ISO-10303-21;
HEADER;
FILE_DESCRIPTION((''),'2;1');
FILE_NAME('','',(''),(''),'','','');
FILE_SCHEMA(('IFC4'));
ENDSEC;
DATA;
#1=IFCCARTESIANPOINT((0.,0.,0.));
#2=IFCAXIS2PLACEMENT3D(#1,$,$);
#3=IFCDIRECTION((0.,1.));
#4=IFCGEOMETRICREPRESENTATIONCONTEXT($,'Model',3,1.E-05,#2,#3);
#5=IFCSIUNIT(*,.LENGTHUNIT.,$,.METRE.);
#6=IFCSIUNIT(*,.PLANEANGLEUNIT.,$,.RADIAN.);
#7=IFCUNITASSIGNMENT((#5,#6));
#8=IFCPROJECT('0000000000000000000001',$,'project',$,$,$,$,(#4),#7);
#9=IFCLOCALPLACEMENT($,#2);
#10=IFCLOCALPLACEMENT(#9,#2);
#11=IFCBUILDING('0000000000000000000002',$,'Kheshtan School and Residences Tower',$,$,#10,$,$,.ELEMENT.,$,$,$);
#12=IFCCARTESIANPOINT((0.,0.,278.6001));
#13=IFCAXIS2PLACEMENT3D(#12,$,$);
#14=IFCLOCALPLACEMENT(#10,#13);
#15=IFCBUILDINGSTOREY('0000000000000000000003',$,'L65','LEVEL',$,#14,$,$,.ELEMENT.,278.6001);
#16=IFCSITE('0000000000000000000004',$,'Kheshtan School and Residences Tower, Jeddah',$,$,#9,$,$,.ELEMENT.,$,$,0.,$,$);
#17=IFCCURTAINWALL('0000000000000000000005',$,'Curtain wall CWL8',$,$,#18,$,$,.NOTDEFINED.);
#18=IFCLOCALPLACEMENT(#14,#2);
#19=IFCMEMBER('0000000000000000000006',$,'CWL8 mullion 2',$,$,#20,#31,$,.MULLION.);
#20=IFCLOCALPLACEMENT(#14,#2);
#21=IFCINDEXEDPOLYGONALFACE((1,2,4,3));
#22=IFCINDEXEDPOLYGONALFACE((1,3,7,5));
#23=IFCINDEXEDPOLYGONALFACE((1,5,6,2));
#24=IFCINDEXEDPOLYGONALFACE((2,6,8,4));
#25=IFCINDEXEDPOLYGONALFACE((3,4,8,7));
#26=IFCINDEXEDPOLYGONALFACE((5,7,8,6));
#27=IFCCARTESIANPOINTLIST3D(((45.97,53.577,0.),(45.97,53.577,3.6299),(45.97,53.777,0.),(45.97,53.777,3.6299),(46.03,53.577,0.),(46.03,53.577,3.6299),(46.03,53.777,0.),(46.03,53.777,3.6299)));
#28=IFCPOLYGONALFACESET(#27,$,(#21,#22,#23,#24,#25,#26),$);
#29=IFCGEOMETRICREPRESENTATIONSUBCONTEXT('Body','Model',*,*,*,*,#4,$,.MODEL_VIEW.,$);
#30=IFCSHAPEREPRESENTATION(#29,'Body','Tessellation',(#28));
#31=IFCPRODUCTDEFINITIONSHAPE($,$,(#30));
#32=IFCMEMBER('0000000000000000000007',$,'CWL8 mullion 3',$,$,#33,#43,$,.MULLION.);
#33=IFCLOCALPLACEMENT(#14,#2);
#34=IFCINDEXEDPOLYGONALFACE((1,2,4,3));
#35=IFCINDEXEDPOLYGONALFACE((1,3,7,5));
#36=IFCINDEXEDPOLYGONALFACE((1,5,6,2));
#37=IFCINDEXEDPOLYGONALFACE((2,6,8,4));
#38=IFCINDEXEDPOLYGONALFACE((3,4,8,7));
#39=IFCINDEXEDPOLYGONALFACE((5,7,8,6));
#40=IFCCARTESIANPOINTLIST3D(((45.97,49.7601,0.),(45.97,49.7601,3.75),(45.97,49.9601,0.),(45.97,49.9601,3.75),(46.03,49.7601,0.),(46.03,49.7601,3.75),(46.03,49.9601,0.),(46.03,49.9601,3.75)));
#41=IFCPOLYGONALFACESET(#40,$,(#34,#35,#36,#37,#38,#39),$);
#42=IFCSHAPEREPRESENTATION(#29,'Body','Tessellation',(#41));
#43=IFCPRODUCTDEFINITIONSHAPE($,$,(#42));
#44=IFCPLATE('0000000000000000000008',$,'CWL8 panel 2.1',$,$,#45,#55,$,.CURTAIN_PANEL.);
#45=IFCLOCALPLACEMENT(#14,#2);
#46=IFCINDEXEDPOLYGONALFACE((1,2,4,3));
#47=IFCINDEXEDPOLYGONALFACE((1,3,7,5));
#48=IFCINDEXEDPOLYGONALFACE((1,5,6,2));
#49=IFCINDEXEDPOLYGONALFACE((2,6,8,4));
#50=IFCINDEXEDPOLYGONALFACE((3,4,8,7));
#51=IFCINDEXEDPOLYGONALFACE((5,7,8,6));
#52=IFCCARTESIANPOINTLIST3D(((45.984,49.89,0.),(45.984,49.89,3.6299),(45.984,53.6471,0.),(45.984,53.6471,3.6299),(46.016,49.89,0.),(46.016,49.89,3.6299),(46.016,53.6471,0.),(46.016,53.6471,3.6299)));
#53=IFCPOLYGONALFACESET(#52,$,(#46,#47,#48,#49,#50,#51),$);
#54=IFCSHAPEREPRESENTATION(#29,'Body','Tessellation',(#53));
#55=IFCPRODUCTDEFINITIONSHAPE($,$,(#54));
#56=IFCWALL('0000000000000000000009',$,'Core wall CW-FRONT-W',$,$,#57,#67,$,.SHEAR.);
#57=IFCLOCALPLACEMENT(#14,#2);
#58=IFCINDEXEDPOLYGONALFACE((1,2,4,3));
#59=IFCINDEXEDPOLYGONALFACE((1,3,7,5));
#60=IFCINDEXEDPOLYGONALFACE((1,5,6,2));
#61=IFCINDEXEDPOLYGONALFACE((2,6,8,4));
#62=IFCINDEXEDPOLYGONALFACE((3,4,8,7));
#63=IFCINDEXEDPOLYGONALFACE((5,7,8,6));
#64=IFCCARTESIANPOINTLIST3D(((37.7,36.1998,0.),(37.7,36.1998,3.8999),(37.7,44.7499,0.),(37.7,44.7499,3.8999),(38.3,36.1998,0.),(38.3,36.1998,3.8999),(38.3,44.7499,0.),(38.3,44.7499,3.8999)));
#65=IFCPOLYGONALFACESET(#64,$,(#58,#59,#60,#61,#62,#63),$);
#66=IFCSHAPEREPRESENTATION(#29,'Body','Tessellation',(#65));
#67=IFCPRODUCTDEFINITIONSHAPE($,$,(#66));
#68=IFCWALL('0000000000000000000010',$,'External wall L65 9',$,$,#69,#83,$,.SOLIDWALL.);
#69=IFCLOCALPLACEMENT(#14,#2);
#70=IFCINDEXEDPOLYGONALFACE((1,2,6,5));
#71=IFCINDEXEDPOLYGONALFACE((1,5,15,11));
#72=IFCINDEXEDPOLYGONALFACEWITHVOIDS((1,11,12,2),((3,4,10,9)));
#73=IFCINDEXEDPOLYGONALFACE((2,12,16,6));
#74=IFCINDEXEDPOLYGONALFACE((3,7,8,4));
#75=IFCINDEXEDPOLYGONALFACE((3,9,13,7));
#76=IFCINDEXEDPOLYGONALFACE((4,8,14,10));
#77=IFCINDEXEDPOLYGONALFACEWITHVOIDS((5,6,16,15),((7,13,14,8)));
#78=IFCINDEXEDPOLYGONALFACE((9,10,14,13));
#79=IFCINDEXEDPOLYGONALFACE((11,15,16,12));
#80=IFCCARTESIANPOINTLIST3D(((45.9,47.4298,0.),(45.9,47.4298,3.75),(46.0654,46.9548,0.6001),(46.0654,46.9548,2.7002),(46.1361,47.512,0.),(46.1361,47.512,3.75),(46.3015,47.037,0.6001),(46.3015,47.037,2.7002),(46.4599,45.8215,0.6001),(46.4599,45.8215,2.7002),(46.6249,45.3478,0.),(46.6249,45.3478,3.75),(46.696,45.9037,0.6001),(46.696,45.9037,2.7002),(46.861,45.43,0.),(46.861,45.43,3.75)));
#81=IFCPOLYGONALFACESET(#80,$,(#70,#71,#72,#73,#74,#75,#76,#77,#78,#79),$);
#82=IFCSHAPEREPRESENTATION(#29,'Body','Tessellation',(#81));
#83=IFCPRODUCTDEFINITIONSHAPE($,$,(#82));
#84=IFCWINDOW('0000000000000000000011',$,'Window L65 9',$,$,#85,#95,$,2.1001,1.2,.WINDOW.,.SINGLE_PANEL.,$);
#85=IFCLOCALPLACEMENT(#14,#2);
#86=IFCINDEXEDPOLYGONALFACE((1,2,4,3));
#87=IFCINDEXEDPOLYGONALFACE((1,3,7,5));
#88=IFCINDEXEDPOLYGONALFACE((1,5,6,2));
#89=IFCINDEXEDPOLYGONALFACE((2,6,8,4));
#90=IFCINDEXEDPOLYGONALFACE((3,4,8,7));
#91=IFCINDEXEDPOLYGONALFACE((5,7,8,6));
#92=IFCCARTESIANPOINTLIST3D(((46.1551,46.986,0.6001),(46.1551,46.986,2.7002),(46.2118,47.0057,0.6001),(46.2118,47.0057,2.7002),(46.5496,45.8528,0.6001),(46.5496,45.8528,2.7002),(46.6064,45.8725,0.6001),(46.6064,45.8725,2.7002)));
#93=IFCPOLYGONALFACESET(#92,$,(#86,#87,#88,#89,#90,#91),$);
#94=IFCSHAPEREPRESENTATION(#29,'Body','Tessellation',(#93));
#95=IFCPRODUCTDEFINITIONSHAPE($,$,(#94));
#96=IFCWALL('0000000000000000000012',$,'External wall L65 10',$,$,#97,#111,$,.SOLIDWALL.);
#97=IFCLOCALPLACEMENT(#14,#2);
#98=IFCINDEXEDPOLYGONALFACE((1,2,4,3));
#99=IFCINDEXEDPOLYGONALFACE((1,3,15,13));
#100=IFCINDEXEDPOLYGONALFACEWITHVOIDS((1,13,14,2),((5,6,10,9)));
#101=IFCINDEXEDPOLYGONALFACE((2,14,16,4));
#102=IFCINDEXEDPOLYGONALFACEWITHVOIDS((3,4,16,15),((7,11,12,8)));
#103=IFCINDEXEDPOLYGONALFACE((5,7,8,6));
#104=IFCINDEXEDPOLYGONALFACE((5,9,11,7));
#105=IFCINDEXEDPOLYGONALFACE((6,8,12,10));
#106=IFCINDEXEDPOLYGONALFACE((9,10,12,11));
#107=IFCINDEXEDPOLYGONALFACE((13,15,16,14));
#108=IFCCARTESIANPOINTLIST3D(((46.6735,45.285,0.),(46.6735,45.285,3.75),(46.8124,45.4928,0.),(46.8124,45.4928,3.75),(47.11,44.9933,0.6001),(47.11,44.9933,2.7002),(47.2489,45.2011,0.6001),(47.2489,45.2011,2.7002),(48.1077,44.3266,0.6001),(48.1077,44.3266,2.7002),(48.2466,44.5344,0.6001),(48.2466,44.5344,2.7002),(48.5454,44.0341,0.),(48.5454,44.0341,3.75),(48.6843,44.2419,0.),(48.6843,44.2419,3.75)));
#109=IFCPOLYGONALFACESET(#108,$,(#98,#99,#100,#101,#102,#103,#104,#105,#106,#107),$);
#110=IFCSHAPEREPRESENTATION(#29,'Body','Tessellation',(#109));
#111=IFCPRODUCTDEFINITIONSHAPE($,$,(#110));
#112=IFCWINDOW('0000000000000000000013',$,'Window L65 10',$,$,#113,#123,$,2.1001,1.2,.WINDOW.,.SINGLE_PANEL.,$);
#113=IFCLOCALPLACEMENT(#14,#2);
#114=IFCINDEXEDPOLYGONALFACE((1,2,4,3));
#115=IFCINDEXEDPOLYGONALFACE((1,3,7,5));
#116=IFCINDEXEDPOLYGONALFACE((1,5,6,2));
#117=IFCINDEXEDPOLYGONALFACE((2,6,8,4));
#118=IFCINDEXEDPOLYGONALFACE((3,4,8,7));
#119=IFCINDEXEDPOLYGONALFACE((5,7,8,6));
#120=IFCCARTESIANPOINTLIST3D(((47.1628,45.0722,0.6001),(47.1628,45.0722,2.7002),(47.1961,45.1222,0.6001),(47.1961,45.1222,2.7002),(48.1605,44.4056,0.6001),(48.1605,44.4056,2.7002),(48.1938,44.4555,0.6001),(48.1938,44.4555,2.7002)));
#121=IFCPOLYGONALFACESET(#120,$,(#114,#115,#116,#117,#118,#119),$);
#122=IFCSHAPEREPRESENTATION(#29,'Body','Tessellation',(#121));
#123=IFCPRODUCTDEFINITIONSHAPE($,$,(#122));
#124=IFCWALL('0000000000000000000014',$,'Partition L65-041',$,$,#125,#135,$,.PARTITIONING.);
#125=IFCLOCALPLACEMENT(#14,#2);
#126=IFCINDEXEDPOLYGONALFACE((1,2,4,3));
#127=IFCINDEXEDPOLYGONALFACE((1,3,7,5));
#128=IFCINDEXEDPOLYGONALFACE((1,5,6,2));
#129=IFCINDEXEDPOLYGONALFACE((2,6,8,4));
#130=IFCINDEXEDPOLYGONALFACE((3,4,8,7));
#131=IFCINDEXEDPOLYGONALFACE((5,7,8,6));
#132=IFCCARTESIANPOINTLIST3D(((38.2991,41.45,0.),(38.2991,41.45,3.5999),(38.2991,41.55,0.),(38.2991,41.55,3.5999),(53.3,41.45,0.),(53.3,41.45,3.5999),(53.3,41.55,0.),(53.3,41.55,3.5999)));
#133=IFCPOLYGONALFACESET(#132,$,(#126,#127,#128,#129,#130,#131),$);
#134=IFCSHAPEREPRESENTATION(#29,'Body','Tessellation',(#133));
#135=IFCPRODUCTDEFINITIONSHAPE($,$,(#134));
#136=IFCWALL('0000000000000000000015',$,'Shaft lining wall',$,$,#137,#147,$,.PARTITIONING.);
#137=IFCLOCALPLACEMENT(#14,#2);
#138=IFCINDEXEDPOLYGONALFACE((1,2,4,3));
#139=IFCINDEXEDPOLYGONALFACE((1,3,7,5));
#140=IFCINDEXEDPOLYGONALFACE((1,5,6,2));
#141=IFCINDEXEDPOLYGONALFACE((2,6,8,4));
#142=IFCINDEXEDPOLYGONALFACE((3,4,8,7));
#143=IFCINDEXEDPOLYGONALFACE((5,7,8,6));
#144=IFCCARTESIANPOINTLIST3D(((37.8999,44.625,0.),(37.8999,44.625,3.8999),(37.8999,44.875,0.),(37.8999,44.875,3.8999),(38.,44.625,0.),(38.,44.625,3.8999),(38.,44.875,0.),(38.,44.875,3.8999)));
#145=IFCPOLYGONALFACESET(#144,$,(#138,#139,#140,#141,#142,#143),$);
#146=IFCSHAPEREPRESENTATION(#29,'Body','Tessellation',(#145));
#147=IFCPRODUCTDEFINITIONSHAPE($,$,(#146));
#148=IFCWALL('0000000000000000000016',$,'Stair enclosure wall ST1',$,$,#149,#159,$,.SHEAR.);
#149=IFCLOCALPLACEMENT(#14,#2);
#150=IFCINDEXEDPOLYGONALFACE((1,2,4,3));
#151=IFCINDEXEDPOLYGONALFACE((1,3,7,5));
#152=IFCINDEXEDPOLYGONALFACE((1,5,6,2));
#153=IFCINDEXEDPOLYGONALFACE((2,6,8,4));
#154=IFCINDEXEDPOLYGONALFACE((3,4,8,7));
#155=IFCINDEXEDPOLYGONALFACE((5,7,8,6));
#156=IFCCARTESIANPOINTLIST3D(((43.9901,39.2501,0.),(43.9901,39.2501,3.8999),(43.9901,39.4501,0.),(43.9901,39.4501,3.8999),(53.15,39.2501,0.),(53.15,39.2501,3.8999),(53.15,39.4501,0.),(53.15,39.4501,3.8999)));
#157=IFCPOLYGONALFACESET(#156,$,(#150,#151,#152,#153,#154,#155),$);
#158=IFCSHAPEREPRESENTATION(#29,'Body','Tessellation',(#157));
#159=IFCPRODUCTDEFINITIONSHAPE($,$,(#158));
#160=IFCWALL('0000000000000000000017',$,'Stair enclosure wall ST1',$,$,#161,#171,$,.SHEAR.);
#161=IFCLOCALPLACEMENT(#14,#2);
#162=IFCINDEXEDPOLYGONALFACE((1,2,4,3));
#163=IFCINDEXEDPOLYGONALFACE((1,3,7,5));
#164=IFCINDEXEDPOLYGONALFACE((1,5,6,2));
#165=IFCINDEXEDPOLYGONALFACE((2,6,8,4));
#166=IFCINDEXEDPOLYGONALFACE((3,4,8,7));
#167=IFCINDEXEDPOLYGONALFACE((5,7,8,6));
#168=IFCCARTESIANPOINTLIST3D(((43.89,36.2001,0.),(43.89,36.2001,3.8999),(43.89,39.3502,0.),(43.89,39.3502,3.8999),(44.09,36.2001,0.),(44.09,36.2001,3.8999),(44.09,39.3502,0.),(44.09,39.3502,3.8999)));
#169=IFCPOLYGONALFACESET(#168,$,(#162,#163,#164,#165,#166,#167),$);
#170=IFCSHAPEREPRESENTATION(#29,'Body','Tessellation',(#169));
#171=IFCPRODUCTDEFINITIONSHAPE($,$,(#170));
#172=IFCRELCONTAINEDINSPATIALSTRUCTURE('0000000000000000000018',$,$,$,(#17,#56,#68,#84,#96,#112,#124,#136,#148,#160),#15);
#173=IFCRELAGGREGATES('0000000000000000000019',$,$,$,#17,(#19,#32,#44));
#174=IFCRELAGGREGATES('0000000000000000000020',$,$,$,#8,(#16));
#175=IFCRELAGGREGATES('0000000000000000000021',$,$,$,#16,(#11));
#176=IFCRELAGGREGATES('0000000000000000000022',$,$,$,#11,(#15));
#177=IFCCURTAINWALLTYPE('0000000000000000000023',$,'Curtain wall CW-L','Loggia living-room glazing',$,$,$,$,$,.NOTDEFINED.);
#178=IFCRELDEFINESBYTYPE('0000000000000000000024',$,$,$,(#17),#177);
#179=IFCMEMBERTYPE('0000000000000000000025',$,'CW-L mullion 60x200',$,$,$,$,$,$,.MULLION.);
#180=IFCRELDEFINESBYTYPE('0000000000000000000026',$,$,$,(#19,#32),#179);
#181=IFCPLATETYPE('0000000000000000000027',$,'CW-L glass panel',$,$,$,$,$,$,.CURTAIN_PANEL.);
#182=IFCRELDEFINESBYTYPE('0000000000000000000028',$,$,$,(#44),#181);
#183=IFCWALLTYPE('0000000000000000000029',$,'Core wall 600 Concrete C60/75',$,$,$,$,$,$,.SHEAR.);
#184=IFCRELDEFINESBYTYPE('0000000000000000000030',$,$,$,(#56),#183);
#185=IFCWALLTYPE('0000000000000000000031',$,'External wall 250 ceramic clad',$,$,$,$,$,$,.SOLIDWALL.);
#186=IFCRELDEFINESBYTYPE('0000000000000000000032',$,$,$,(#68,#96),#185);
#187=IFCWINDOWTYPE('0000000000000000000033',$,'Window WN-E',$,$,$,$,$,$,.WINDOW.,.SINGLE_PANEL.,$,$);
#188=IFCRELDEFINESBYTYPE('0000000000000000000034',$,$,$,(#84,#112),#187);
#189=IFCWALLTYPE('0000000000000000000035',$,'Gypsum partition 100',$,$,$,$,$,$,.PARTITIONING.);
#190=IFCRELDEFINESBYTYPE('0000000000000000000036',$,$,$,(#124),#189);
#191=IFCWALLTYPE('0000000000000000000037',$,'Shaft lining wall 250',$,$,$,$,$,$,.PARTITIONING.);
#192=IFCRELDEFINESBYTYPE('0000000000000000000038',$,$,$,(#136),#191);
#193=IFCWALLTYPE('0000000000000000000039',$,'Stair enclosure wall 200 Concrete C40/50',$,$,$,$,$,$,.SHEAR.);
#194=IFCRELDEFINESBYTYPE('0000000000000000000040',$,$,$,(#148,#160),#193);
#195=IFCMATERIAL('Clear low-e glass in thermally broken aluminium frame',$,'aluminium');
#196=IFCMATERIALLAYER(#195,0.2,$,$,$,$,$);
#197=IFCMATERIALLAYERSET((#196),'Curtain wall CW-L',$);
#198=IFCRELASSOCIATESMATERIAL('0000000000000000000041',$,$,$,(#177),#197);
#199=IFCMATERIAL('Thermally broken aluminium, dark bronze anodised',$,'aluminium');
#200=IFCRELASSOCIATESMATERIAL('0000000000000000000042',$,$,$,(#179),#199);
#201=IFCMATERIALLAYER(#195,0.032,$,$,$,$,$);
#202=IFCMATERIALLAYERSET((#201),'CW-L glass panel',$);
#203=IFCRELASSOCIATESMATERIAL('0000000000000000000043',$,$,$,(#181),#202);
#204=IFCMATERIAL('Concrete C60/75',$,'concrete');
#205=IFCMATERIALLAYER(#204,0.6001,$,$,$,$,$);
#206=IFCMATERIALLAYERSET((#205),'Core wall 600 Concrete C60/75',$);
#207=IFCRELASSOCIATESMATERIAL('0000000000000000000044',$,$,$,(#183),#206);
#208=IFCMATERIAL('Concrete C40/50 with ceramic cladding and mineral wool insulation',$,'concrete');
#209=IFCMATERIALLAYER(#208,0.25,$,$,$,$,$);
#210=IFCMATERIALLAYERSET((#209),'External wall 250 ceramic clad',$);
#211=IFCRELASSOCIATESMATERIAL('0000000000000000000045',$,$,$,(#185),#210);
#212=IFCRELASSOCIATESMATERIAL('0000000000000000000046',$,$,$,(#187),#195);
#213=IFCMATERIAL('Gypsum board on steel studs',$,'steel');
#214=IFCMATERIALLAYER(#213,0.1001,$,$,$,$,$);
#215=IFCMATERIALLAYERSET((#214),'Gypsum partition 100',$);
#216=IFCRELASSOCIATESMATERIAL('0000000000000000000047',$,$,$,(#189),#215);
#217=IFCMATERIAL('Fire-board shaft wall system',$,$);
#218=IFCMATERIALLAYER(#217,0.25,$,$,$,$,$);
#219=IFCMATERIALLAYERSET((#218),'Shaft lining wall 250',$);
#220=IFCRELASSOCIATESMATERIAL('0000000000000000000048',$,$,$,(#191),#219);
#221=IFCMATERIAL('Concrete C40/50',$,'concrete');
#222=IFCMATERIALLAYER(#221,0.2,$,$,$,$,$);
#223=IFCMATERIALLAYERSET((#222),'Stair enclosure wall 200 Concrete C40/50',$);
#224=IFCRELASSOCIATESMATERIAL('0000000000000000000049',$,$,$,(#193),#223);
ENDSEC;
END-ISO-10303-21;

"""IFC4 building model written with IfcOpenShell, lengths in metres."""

from ifc_helpers import new_model, si_unit, direction, frame, frame_2d, origin, origin_2d, place, context, subcontext, project, spatial, rectangle, extrude, source, transform, mapped, material, layer, layer_set, material_profile, profile_set, type_object, element, fill, aggregate, save


model = new_model("IFC4")

# Units and contexts
model_context = context("Model", 3, precision=1e-05, world=origin(), true_north=direction((0.0, 1.0)))
body_context = subcontext(model_context, "Body", "Model", "MODEL_VIEW")
ifc_project = project(units=[si_unit("LENGTHUNIT", "METRE"), si_unit("PLANEANGLEUNIT", "RADIAN")], contexts=[model_context])

# Site, building, storey
site_placement = place(None, origin())
site = spatial("IfcSite", under=ifc_project, at=site_placement, Name="Kheshtan School and Residences Tower, Jeddah", CompositionType="ELEMENT", RefElevation=0.0)
building_placement = place(site_placement, origin())
building = spatial("IfcBuilding", under=site, at=building_placement, Name="Kheshtan School and Residences Tower", CompositionType="ELEMENT")
storey_placement = place(building_placement, frame((0.0, 0.0, 278.6001)))
storey = spatial("IfcBuildingStorey", under=building, at=storey_placement, Name="L65", Description="LEVEL", CompositionType="ELEMENT", Elevation=278.6001)

# Curtain wall, members, plate
ifc_material_1 = material(Name="Clear low-e glass in thermally broken aluminium frame", Category="aluminium")
ifc_layer_1 = layer(ifc_material_1, 0.2)
ifc_layer_set_1 = layer_set([ifc_layer_1], Name="Curtain wall CW-L")
curtain_wall_type = type_object("IfcCurtainWallType", Name="Curtain wall CW-L", Description="Loggia living-room glazing", PredefinedType="NOTDEFINED", material=ifc_layer_set_1)
curtain_wall_placement = place(storey_placement, origin())
curtain_wall = element("IfcCurtainWall", 1, at=curtain_wall_placement, inside=storey, type_object=curtain_wall_type, Name="Curtain wall CWL8", PredefinedType="NOTDEFINED")
ifc_material_2 = material(Name="Thermally broken aluminium, dark bronze anodised", Category="aluminium")
ifc_material_profile = material_profile(ifc_material_2, rectangle(XDim=0.0601, YDim=0.2, at=origin_2d()), Name="CW-L mullion 60x200")
ifc_profile_set = profile_set([ifc_material_profile], Name="Thermally broken aluminium, dark bronze anodised")
member_type = type_object("IfcMemberType", Name="CW-L mullion 60x200", PredefinedType="MULLION", material=ifc_profile_set)
member_1_placement = place(storey_placement, frame((46.0, 53.677, 0.0), z_axis=(0.0, 0.0, 1.0), x_axis=(1.0, 0.0, 0.0)))
member_1 = element("IfcMember", 2, at=member_1_placement, type_object=member_type, Name="CWL8 mullion 2", PredefinedType="MULLION", context=body_context, shape_type="SweptSolid", body=[
    extrude(rectangle(XDim=0.0601, YDim=0.2, at=origin_2d()), origin(), (0.0, 0.0, 1.0), 3.6299),
])
member_2_placement = place(storey_placement, frame((46.0, 49.8601, 0.0), z_axis=(0.0, 0.0, 1.0), x_axis=(1.0, 0.0, 0.0)))
member_2 = element("IfcMember", 3, at=member_2_placement, type_object=member_type, Name="CWL8 mullion 3", PredefinedType="MULLION", context=body_context, shape_type="SweptSolid", body=[
    extrude(rectangle(XDim=0.0601, YDim=0.2, at=origin_2d()), origin(), (0.0, 0.0, 1.0), 3.75),
])
ifc_layer_2 = layer(ifc_material_1, 0.032)
ifc_layer_set_2 = layer_set([ifc_layer_2], Name="CW-L glass panel")
plate_type = type_object("IfcPlateType", Name="CW-L glass panel", PredefinedType="CURTAIN_PANEL", material=ifc_layer_set_2)
plate_placement = place(storey_placement, frame((46.0, 51.7686, 0.0), z_axis=(0.0, 0.0, 1.0), x_axis=(0.0, -1.0, 0.0)))
plate = element("IfcPlate", 4, at=plate_placement, type_object=plate_type, Name="CWL8 panel 2.1", PredefinedType="CURTAIN_PANEL", context=body_context, shape_type="SweptSolid", body=[
    extrude(rectangle(XDim=3.7571, YDim=0.032, at=origin_2d()), origin(), (0.0, 0.0, 1.0), 3.6299),
])
aggregate(curtain_wall, [member_1, member_2, plate])

# Wall
ifc_material_3 = material(Name="Concrete C60/75", Category="concrete")
ifc_layer_3 = layer(ifc_material_3, 0.6001)
ifc_layer_set_3 = layer_set([ifc_layer_3], Name="Core wall 600 Concrete C60/75")
wall_type_1 = type_object("IfcWallType", Name="Core wall 600 Concrete C60/75", PredefinedType="SHEAR", material=ifc_layer_set_3)
wall_1_placement = place(storey_placement, frame((38.0, 36.2, 0.0), z_axis=(0.0, 0.0, 1.0), x_axis=(0.0, 1.0, 0.0)))
element("IfcWall", 5, at=wall_1_placement, inside=storey, type_object=wall_type_1, Name="Core wall CW-FRONT-W", PredefinedType="SHEAR", context=body_context, shape_type="SweptSolid", body=[
    extrude(rectangle(XDim=8.55, YDim=0.6001, at=frame_2d((4.2749, 0.0))), origin(), (0.0, 0.0, 1.0), 3.8999),
])

# Walls, openings, windows
ifc_material_4 = material(Name="Concrete C40/50 with ceramic cladding and mineral wool insulation", Category="concrete")
ifc_layer_4 = layer(ifc_material_4, 0.25)
ifc_layer_set_4 = layer_set([ifc_layer_4], Name="External wall 250 ceramic clad")
wall_type_2 = type_object("IfcWallType", Name="External wall 250 ceramic clad", PredefinedType="SOLIDWALL", material=ifc_layer_set_4)
wall_2_placement = place(storey_placement, frame((46.0181, 47.4709, 0.0), z_axis=(0.0, 0.0, 1.0), x_axis=(0.328791, -0.944403, 0.0)))
wall_2 = element("IfcWall", 6, at=wall_2_placement, inside=storey, type_object=wall_type_2, Name="External wall L65 9", PredefinedType="SOLIDWALL", context=body_context, shape_type="SweptSolid", body=[
    extrude(rectangle(XDim=2.2046, YDim=0.25, at=frame_2d((1.1023, 0.0))), origin(), (0.0, 0.0, 1.0), 3.75),
])
opening_1_placement = place(wall_2_placement, frame((0.5029, 0.0, 0.6001)))
opening_1 = element("IfcOpeningElement", 7, at=opening_1_placement, cuts=wall_2, PredefinedType="OPENING", context=body_context, shape_type="SweptSolid", body=[
    extrude(rectangle(XDim=1.2, YDim=2.1001, at=frame_2d((0.6001, 1.05))), frame((0.0, 0.135, 0.0), z_axis=(0.0, -1.0, 0.0), x_axis=(1.0, 0.0, 0.0)), (0.0, 0.0, 1.0), 0.27),
])
window_type = type_object("IfcWindowType", Name="Window WN-E", PartitioningType="SINGLE_PANEL", PredefinedType="WINDOW", material=ifc_material_1)
shared_shape_1 = source(origin(), body_context, "Body", "SweptSolid", [
    extrude(rectangle(XDim=1.2, YDim=2.1001, at=frame_2d((0.6001, 1.05))), frame((0.0, 0.03, 0.0), z_axis=(0.0, -1.0, 0.0), x_axis=(1.0, 0.0, 0.0)), (0.0, 0.0, 1.0), 0.0601),
])
window_1_placement = place(opening_1_placement, origin())
window_1 = element("IfcWindow", 8, at=window_1_placement, inside=storey, type_object=window_type, Name="Window L65 9", OverallHeight=2.1001, OverallWidth=1.2, PartitioningType="SINGLE_PANEL", PredefinedType="WINDOW", context=body_context, shape_type="MappedRepresentation", body=[
    mapped(shared_shape_1, transform((0.0, 0.0, 0.0), x_axis=(1.0, 0.0, 0.0), y_axis=(0.0, 1.0, 0.0), z_axis=(0.0, 0.0, 1.0), scale=1.0)),
])
fill(opening_1, window_1)
wall_3_placement = place(storey_placement, frame((46.7429, 45.3889, 0.0), z_axis=(0.0, 0.0, 1.0), x_axis=(0.831449, -0.555601, 0.0)))
wall_3 = element("IfcWall", 9, at=wall_3_placement, inside=storey, type_object=wall_type_2, Name="External wall L65 10", PredefinedType="SOLIDWALL", context=body_context, shape_type="SweptSolid", body=[
    extrude(rectangle(XDim=2.2515, YDim=0.25, at=frame_2d((1.1257, 0.0))), origin(), (0.0, 0.0, 1.0), 3.75),
])
opening_2_placement = place(wall_3_placement, frame((0.5249, 0.0, 0.6001)))
opening_2 = element("IfcOpeningElement", 10, at=opening_2_placement, cuts=wall_3, PredefinedType="OPENING", context=body_context, shape_type="SweptSolid", body=[
    extrude(rectangle(XDim=1.2, YDim=2.1001, at=frame_2d((0.6001, 1.05))), frame((0.0, 0.135, 0.0), z_axis=(0.0, -1.0, 0.0), x_axis=(1.0, 0.0, 0.0)), (0.0, 0.0, 1.0), 0.27),
])
window_2_placement = place(opening_2_placement, origin())
window_2 = element("IfcWindow", 11, at=window_2_placement, inside=storey, type_object=window_type, Name="Window L65 10", OverallHeight=2.1001, OverallWidth=1.2, PartitioningType="SINGLE_PANEL", PredefinedType="WINDOW", context=body_context, shape_type="MappedRepresentation", body=[
    mapped(shared_shape_1, transform((0.0, 0.0, 0.0), x_axis=(1.0, 0.0, 0.0), y_axis=(0.0, 1.0, 0.0), z_axis=(0.0, 0.0, 1.0), scale=1.0)),
])
fill(opening_2, window_2)

# Walls
ifc_material_5 = material(Name="Gypsum board on steel studs", Category="steel")
ifc_layer_5 = layer(ifc_material_5, 0.1001)
ifc_layer_set_5 = layer_set([ifc_layer_5], Name="Gypsum partition 100")
wall_type_3 = type_object("IfcWallType", Name="Gypsum partition 100", PredefinedType="PARTITIONING", material=ifc_layer_set_5)
wall_4_placement = place(storey_placement, frame((38.2991, 41.5, 0.0), z_axis=(0.0, 0.0, 1.0), x_axis=(1.0, 0.0, 0.0)))
element("IfcWall", 12, at=wall_4_placement, inside=storey, type_object=wall_type_3, Name="Partition L65-041", PredefinedType="PARTITIONING", context=body_context, shape_type="SweptSolid", body=[
    extrude(rectangle(XDim=15.001, YDim=0.1001, at=frame_2d((7.5005, 0.0))), origin(), (0.0, 0.0, 1.0), 3.5999),
])
ifc_material_6 = material(Name="Fire-board shaft wall system")
ifc_layer_6 = layer(ifc_material_6, 0.25)
ifc_layer_set_6 = layer_set([ifc_layer_6], Name="Shaft lining wall 250")
wall_type_4 = type_object("IfcWallType", Name="Shaft lining wall 250", PredefinedType="PARTITIONING", material=ifc_layer_set_6)
wall_5_placement = place(storey_placement, frame((37.8999, 44.75, 0.0), z_axis=(0.0, 0.0, 1.0), x_axis=(1.0, 0.0, 0.0)))
element("IfcWall", 13, at=wall_5_placement, inside=storey, type_object=wall_type_4, Name="Shaft lining wall", PredefinedType="PARTITIONING", context=body_context, shape_type="SweptSolid", body=[
    extrude(rectangle(XDim=0.1001, YDim=0.25, at=frame_2d((0.05, 0.0))), origin(), (0.0, 0.0, 1.0), 3.8999),
])
ifc_material_7 = material(Name="Concrete C40/50", Category="concrete")
ifc_layer_7 = layer(ifc_material_7, 0.2)
ifc_layer_set_7 = layer_set([ifc_layer_7], Name="Stair enclosure wall 200 Concrete C40/50")
wall_type_5 = type_object("IfcWallType", Name="Stair enclosure wall 200 Concrete C40/50", PredefinedType="SHEAR", material=ifc_layer_set_7)
wall_6_placement = place(storey_placement, frame((43.99, 39.3501, 0.0), z_axis=(0.0, 0.0, 1.0), x_axis=(1.0, 0.0, 0.0)))
element("IfcWall", 14, at=wall_6_placement, inside=storey, type_object=wall_type_5, Name="Stair enclosure wall ST1", PredefinedType="SHEAR", context=body_context, shape_type="SweptSolid", body=[
    extrude(rectangle(XDim=9.1599, YDim=0.2, at=frame_2d((4.5801, 0.0))), origin(), (0.0, 0.0, 1.0), 3.8999),
])
wall_7_placement = place(storey_placement, frame((43.99, 36.2, 0.0), z_axis=(0.0, 0.0, 1.0), x_axis=(0.0, 1.0, 0.0)))
element("IfcWall", 15, at=wall_7_placement, inside=storey, type_object=wall_type_5, Name="Stair enclosure wall ST1", PredefinedType="SHEAR", context=body_context, shape_type="SweptSolid", body=[
    extrude(rectangle(XDim=3.1501, YDim=0.2, at=frame_2d((1.5752, 0.0))), origin(), (0.0, 0.0, 1.0), 3.8999),
])

save(model, "model.ifc")
